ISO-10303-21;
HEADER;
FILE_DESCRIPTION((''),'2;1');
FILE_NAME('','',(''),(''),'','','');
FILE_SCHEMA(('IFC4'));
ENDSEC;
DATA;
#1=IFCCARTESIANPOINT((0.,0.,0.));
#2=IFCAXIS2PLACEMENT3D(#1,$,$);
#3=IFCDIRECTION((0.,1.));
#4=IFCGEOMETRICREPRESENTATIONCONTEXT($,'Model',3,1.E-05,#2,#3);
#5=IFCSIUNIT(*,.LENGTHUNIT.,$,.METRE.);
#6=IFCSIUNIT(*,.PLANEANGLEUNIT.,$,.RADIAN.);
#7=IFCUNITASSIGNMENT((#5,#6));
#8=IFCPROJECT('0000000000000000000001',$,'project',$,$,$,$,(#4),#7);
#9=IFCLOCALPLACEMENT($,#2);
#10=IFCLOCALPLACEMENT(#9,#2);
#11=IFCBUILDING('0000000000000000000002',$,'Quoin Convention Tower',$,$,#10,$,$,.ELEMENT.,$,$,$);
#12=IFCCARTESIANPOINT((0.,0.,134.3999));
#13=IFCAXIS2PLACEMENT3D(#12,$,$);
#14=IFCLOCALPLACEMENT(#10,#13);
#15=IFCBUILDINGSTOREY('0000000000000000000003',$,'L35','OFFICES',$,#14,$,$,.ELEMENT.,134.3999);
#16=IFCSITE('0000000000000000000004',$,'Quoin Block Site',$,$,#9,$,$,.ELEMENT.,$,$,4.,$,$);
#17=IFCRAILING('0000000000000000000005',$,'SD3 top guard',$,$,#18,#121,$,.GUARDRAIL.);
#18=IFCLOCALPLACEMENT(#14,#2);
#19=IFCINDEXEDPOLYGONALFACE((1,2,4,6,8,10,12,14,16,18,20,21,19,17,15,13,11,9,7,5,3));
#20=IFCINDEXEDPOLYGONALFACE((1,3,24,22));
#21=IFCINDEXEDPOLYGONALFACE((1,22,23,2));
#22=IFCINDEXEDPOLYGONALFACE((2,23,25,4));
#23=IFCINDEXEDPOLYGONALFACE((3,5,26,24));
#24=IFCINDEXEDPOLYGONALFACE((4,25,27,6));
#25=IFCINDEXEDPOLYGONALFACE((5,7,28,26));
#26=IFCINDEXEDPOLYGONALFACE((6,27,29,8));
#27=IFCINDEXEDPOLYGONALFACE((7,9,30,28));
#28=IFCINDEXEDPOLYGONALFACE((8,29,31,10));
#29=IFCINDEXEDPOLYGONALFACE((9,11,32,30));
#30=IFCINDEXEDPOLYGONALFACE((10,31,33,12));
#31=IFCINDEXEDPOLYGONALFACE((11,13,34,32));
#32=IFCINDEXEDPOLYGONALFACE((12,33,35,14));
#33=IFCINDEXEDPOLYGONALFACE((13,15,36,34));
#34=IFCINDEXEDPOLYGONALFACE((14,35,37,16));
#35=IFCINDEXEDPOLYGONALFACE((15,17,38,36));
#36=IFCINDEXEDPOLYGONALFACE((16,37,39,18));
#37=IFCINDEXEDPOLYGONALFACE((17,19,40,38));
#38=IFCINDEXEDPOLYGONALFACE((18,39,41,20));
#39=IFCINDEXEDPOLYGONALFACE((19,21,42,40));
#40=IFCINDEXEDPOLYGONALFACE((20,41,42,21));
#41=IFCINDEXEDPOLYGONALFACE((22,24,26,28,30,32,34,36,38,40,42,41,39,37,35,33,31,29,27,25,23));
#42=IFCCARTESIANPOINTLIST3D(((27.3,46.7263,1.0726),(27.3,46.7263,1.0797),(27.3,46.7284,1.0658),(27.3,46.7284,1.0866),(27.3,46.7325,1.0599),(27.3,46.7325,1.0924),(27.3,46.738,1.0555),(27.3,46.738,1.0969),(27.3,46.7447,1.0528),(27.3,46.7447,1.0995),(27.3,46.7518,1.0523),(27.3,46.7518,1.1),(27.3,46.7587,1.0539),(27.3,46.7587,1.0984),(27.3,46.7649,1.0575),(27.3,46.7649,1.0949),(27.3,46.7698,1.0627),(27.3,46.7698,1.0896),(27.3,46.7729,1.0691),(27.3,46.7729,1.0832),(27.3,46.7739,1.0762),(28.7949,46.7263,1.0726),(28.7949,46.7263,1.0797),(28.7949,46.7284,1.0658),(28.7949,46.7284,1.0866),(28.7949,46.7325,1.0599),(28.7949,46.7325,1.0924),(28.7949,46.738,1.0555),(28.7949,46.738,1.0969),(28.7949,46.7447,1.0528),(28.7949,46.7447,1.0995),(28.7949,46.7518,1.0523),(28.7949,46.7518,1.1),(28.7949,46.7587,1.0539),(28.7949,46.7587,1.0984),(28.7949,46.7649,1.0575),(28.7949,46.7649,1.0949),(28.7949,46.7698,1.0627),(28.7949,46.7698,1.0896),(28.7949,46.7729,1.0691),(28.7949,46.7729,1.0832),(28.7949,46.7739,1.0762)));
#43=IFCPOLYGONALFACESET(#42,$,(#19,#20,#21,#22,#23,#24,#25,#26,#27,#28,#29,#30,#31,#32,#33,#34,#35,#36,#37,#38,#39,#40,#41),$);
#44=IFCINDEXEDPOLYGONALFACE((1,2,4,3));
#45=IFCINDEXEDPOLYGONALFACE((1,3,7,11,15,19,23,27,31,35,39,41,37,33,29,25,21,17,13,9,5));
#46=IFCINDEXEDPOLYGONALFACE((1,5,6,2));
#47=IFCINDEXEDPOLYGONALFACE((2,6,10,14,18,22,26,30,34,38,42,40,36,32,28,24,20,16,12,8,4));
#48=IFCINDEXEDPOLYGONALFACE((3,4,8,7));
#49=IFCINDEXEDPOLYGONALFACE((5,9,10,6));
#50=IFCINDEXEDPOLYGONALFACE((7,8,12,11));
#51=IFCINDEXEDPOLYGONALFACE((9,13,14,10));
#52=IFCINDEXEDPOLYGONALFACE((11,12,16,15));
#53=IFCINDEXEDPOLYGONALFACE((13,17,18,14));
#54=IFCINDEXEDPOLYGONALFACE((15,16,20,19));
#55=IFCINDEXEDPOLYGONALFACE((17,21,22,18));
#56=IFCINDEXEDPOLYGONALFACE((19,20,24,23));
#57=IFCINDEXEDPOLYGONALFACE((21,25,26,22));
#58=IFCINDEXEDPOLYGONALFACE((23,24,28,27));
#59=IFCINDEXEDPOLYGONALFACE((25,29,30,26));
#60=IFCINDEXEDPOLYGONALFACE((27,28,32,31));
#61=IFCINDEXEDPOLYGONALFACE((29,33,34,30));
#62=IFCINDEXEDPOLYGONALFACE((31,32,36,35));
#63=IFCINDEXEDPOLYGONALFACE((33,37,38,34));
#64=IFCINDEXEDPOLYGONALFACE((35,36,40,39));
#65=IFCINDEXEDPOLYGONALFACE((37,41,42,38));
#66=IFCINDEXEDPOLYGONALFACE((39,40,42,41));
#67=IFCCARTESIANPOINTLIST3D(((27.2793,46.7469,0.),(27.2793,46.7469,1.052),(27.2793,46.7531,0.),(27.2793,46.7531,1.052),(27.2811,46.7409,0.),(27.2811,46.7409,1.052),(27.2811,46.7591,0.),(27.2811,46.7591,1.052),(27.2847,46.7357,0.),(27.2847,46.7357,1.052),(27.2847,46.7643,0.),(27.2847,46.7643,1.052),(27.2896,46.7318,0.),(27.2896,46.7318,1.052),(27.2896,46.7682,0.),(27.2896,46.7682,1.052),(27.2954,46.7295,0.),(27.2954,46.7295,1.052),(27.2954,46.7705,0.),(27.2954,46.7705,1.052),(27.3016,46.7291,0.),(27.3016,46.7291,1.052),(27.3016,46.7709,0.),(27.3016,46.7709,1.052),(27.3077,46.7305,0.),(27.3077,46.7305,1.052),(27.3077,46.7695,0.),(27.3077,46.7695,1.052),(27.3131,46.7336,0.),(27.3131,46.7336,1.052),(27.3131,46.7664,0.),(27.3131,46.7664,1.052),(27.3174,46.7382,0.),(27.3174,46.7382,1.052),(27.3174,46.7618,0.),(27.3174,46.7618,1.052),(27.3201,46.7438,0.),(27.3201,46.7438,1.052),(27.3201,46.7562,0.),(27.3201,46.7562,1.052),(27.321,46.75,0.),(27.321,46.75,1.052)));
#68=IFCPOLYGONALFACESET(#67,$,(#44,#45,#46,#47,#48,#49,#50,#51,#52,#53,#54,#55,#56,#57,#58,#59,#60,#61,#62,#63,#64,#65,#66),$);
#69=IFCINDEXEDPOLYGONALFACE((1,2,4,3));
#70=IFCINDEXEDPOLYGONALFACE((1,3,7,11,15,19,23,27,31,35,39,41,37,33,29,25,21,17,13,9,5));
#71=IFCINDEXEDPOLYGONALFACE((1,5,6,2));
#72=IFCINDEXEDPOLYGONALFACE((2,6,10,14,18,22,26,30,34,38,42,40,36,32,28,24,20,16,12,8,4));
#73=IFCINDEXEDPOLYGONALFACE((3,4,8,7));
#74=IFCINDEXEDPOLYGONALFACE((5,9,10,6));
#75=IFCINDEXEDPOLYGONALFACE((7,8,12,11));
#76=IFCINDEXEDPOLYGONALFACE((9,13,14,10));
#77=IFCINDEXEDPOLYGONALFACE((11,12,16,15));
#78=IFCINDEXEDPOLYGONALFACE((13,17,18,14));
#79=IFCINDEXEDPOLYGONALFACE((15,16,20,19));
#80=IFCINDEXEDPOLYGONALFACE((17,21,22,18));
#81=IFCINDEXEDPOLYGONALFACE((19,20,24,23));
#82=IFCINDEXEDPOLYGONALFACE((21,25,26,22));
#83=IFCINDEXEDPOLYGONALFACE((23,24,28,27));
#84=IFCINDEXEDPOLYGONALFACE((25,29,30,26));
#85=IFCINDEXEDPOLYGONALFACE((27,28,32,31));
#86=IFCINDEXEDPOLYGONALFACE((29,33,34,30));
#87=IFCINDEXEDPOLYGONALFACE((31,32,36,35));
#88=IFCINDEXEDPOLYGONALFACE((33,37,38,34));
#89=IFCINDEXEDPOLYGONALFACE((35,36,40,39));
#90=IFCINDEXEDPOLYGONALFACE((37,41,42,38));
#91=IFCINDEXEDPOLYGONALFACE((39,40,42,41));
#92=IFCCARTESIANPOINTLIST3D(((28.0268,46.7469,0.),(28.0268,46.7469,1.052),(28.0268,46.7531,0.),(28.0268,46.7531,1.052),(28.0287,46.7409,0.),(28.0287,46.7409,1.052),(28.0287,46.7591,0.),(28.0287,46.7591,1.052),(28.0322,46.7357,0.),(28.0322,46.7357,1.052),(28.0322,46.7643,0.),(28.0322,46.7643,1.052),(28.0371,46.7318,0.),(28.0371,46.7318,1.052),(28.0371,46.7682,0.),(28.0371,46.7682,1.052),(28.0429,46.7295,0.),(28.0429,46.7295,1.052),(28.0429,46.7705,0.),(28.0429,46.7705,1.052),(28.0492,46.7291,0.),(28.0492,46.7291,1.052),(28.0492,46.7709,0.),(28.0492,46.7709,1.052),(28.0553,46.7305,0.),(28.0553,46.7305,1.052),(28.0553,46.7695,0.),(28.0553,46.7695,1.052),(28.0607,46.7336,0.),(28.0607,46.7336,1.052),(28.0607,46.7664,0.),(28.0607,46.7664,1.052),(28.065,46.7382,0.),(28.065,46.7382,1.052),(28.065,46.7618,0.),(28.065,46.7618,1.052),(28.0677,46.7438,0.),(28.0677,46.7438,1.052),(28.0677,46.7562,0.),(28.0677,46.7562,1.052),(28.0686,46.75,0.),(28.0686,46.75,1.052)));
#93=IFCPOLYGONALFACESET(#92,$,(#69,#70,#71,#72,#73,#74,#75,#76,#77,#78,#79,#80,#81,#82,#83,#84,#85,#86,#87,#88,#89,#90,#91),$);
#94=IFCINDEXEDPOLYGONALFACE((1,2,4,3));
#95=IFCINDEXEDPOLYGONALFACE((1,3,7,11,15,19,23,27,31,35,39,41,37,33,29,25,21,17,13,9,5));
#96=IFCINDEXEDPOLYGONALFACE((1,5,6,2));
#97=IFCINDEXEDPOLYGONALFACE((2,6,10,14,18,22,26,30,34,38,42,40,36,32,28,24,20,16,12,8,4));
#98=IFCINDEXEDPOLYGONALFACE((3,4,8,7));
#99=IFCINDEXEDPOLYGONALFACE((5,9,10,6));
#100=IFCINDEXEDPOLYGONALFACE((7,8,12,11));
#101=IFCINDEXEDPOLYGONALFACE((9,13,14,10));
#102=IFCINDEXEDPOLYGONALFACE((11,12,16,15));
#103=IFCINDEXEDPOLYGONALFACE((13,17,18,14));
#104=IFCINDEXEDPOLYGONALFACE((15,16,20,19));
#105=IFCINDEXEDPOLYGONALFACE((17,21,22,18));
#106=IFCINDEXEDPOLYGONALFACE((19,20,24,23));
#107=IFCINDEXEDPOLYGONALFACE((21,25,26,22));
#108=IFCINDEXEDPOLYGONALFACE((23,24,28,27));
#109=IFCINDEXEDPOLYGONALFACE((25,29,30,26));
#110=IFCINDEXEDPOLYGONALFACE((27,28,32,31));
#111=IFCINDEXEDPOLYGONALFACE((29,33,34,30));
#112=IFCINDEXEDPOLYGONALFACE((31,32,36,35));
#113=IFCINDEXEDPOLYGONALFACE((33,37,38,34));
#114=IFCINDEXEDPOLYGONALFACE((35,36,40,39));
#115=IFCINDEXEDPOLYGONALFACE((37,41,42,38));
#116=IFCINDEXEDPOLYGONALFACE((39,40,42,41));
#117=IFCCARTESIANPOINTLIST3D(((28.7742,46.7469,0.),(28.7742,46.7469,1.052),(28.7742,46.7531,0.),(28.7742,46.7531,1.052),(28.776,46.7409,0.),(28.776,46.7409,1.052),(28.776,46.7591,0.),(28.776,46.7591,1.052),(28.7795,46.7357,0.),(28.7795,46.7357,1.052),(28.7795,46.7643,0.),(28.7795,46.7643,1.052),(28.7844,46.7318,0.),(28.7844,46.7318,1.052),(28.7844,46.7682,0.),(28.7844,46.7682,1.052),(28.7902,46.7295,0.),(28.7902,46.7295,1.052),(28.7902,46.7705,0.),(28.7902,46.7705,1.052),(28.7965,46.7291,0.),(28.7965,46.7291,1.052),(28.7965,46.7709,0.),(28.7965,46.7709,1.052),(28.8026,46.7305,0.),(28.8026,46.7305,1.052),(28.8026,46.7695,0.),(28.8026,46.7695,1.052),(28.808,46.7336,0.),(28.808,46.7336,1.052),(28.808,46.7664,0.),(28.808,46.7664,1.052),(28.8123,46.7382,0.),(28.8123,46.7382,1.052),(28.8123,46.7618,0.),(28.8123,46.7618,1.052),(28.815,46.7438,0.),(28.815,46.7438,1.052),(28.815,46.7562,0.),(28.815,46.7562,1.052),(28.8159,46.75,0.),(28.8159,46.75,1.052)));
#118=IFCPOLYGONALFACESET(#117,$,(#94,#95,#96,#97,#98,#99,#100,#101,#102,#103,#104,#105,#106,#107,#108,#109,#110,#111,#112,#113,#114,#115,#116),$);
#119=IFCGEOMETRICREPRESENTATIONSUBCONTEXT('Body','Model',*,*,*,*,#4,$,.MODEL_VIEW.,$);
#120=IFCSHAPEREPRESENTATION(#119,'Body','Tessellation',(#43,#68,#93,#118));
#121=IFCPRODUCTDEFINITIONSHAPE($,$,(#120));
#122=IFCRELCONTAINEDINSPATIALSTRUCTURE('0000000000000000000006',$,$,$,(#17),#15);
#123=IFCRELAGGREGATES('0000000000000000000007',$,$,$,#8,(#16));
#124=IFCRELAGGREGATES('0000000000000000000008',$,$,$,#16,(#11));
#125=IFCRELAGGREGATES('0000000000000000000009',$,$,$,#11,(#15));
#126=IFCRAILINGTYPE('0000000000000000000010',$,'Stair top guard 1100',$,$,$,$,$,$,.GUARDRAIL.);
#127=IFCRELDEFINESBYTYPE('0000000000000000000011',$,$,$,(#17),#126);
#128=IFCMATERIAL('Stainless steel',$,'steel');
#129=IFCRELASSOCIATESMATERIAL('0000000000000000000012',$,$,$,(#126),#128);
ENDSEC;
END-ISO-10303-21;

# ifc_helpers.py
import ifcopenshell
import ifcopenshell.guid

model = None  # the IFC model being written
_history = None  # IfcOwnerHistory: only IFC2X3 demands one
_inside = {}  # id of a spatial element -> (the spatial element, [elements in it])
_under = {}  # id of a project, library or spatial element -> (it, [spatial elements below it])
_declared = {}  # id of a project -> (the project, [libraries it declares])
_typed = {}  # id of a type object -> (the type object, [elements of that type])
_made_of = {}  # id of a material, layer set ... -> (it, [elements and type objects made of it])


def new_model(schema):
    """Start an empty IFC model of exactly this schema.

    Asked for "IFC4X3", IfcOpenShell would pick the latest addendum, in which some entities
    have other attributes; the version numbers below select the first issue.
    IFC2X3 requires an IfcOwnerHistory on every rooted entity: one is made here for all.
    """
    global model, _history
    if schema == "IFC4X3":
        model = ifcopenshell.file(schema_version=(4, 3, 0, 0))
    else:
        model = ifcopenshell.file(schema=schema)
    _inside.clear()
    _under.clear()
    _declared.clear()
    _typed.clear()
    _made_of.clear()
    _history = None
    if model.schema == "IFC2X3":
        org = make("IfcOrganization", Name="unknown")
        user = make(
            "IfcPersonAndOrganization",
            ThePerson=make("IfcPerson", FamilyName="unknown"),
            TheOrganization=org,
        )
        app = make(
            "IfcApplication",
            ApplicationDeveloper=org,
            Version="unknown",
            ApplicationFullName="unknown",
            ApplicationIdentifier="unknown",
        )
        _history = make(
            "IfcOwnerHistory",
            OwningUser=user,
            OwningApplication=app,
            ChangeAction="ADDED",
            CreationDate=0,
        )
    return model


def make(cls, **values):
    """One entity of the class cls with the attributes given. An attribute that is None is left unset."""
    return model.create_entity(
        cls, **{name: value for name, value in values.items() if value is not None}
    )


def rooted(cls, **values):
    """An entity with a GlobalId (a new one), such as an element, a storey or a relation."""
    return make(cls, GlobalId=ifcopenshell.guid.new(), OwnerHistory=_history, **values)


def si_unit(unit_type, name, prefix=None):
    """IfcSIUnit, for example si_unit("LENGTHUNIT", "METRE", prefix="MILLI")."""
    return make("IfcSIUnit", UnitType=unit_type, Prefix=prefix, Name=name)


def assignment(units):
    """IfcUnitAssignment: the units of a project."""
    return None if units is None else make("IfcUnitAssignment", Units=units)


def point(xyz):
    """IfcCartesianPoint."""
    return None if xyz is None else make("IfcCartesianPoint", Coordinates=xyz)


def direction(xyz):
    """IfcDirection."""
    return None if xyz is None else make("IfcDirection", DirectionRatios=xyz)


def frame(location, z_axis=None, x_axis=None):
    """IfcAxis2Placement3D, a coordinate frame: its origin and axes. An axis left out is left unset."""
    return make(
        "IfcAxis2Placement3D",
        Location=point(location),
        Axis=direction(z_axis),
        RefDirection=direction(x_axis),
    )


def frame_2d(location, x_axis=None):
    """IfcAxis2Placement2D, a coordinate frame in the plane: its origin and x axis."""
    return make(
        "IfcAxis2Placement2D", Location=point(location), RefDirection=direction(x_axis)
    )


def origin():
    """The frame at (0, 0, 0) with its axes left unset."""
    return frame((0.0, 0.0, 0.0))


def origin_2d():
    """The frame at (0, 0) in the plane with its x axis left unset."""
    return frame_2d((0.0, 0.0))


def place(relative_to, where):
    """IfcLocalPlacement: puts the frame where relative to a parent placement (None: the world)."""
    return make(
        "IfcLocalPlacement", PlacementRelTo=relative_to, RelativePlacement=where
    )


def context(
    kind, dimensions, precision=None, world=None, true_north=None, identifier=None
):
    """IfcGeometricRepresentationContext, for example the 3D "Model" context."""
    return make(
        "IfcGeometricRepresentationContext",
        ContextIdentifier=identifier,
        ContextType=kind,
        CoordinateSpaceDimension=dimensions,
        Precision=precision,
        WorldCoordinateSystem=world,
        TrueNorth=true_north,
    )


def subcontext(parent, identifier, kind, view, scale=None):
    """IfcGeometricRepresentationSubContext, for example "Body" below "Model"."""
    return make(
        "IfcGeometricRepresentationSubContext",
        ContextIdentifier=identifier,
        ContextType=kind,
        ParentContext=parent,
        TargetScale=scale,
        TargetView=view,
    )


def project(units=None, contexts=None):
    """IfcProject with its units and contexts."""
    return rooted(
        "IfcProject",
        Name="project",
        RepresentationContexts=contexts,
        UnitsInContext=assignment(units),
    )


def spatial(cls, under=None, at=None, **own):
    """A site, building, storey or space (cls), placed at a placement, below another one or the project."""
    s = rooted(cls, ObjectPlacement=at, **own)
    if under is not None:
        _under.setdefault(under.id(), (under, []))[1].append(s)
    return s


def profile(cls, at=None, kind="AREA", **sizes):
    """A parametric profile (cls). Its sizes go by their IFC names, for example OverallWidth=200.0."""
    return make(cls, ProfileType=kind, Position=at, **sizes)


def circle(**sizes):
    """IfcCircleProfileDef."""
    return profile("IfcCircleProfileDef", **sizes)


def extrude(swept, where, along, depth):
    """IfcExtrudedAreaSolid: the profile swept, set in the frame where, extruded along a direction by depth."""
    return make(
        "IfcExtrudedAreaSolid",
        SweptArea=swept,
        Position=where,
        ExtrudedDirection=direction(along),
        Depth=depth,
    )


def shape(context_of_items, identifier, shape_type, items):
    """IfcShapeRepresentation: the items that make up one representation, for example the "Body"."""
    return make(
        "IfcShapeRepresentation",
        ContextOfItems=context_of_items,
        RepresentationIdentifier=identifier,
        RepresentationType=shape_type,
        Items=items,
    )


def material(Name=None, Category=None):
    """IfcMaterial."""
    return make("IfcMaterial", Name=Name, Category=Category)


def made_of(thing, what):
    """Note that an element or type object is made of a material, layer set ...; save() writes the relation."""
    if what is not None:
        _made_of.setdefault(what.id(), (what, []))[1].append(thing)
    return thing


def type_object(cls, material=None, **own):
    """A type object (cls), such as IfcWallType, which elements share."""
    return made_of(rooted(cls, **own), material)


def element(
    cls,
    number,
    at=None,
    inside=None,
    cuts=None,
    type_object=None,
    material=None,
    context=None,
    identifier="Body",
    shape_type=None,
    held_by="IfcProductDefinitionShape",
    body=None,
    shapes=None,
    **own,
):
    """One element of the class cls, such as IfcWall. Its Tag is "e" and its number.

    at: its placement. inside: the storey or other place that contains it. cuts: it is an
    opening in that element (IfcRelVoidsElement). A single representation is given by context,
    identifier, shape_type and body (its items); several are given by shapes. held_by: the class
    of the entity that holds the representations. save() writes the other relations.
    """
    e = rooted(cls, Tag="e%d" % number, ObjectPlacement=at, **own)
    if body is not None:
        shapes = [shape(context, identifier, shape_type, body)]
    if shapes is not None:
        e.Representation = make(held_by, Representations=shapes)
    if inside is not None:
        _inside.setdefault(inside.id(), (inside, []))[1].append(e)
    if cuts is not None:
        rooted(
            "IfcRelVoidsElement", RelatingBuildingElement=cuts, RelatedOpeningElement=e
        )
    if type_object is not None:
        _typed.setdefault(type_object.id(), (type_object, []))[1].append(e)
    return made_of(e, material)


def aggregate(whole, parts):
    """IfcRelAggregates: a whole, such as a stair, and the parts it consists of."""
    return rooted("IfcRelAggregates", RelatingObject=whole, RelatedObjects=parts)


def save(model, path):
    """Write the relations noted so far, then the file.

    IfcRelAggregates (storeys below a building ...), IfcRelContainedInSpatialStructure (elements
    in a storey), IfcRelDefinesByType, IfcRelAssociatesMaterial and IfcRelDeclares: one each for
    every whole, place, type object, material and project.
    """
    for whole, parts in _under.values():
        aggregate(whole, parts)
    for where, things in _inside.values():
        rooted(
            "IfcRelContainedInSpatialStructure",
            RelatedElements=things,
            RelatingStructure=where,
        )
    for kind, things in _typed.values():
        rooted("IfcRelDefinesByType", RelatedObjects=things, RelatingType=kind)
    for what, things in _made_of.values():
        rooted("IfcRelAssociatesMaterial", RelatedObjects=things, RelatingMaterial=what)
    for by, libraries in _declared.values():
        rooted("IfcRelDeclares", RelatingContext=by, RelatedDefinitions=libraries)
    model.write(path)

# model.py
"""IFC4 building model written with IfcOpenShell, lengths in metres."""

from ifc_helpers import new_model, si_unit, direction, frame, origin, origin_2d, place, context, subcontext, project, spatial, circle, extrude, material, type_object, element, save


model = new_model("IFC4")

# Units and contexts
model_context = context("Model", 3, precision=1e-05, world=origin(), true_north=direction((0.0, 1.0)))
body_context = subcontext(model_context, "Body", "Model", "MODEL_VIEW")
ifc_project = project(units=[si_unit("LENGTHUNIT", "METRE"), si_unit("PLANEANGLEUNIT", "RADIAN")], contexts=[model_context])

# Site, building, storey
site_placement = place(None, origin())
site = spatial("IfcSite", under=ifc_project, at=site_placement, Name="Quoin Block Site", CompositionType="ELEMENT", RefElevation=4.0)
building_placement = place(site_placement, origin())
building = spatial("IfcBuilding", under=site, at=building_placement, Name="Quoin Convention Tower", CompositionType="ELEMENT")
storey_placement = place(building_placement, frame((0.0, 0.0, 134.3999)))
storey = spatial("IfcBuildingStorey", under=building, at=storey_placement, Name="L35", Description="OFFICES", CompositionType="ELEMENT", Elevation=134.3999)

# Railing
ifc_material_1 = material(Name="Stainless steel", Category="steel")
railing_type_1 = type_object("IfcRailingType", Name="Stair top guard 1100", PredefinedType="GUARDRAIL", material=ifc_material_1)
railing_1_placement = place(storey_placement, frame((27.3, 46.75, 0.0)))
element("IfcRailing", 1, at=railing_1_placement, inside=storey, type_object=railing_type_1, Name="SD3 top guard", PredefinedType="GUARDRAIL", context=body_context, shape_type="SweptSolid", body=[
    extrude(circle(Radius=0.0239, at=origin_2d()), frame((0.0, 0.0, 1.0762), z_axis=(1.0, 0.0, 0.0), x_axis=(0.0, 1.0, 0.0)), (0.0, 0.0, 1.0), 1.4949),
    extrude(circle(Radius=0.021, at=origin_2d()), origin(), (0.0, 0.0, 1.0), 1.052),
    extrude(circle(Radius=0.021, at=origin_2d()), frame((0.7476, 0.0, 0.0)), (0.0, 0.0, 1.0), 1.052),
    extrude(circle(Radius=0.021, at=origin_2d()), frame((1.4949, 0.0, 0.0)), (0.0, 0.0, 1.0), 1.052),
])

save(model, "model.ifc")
